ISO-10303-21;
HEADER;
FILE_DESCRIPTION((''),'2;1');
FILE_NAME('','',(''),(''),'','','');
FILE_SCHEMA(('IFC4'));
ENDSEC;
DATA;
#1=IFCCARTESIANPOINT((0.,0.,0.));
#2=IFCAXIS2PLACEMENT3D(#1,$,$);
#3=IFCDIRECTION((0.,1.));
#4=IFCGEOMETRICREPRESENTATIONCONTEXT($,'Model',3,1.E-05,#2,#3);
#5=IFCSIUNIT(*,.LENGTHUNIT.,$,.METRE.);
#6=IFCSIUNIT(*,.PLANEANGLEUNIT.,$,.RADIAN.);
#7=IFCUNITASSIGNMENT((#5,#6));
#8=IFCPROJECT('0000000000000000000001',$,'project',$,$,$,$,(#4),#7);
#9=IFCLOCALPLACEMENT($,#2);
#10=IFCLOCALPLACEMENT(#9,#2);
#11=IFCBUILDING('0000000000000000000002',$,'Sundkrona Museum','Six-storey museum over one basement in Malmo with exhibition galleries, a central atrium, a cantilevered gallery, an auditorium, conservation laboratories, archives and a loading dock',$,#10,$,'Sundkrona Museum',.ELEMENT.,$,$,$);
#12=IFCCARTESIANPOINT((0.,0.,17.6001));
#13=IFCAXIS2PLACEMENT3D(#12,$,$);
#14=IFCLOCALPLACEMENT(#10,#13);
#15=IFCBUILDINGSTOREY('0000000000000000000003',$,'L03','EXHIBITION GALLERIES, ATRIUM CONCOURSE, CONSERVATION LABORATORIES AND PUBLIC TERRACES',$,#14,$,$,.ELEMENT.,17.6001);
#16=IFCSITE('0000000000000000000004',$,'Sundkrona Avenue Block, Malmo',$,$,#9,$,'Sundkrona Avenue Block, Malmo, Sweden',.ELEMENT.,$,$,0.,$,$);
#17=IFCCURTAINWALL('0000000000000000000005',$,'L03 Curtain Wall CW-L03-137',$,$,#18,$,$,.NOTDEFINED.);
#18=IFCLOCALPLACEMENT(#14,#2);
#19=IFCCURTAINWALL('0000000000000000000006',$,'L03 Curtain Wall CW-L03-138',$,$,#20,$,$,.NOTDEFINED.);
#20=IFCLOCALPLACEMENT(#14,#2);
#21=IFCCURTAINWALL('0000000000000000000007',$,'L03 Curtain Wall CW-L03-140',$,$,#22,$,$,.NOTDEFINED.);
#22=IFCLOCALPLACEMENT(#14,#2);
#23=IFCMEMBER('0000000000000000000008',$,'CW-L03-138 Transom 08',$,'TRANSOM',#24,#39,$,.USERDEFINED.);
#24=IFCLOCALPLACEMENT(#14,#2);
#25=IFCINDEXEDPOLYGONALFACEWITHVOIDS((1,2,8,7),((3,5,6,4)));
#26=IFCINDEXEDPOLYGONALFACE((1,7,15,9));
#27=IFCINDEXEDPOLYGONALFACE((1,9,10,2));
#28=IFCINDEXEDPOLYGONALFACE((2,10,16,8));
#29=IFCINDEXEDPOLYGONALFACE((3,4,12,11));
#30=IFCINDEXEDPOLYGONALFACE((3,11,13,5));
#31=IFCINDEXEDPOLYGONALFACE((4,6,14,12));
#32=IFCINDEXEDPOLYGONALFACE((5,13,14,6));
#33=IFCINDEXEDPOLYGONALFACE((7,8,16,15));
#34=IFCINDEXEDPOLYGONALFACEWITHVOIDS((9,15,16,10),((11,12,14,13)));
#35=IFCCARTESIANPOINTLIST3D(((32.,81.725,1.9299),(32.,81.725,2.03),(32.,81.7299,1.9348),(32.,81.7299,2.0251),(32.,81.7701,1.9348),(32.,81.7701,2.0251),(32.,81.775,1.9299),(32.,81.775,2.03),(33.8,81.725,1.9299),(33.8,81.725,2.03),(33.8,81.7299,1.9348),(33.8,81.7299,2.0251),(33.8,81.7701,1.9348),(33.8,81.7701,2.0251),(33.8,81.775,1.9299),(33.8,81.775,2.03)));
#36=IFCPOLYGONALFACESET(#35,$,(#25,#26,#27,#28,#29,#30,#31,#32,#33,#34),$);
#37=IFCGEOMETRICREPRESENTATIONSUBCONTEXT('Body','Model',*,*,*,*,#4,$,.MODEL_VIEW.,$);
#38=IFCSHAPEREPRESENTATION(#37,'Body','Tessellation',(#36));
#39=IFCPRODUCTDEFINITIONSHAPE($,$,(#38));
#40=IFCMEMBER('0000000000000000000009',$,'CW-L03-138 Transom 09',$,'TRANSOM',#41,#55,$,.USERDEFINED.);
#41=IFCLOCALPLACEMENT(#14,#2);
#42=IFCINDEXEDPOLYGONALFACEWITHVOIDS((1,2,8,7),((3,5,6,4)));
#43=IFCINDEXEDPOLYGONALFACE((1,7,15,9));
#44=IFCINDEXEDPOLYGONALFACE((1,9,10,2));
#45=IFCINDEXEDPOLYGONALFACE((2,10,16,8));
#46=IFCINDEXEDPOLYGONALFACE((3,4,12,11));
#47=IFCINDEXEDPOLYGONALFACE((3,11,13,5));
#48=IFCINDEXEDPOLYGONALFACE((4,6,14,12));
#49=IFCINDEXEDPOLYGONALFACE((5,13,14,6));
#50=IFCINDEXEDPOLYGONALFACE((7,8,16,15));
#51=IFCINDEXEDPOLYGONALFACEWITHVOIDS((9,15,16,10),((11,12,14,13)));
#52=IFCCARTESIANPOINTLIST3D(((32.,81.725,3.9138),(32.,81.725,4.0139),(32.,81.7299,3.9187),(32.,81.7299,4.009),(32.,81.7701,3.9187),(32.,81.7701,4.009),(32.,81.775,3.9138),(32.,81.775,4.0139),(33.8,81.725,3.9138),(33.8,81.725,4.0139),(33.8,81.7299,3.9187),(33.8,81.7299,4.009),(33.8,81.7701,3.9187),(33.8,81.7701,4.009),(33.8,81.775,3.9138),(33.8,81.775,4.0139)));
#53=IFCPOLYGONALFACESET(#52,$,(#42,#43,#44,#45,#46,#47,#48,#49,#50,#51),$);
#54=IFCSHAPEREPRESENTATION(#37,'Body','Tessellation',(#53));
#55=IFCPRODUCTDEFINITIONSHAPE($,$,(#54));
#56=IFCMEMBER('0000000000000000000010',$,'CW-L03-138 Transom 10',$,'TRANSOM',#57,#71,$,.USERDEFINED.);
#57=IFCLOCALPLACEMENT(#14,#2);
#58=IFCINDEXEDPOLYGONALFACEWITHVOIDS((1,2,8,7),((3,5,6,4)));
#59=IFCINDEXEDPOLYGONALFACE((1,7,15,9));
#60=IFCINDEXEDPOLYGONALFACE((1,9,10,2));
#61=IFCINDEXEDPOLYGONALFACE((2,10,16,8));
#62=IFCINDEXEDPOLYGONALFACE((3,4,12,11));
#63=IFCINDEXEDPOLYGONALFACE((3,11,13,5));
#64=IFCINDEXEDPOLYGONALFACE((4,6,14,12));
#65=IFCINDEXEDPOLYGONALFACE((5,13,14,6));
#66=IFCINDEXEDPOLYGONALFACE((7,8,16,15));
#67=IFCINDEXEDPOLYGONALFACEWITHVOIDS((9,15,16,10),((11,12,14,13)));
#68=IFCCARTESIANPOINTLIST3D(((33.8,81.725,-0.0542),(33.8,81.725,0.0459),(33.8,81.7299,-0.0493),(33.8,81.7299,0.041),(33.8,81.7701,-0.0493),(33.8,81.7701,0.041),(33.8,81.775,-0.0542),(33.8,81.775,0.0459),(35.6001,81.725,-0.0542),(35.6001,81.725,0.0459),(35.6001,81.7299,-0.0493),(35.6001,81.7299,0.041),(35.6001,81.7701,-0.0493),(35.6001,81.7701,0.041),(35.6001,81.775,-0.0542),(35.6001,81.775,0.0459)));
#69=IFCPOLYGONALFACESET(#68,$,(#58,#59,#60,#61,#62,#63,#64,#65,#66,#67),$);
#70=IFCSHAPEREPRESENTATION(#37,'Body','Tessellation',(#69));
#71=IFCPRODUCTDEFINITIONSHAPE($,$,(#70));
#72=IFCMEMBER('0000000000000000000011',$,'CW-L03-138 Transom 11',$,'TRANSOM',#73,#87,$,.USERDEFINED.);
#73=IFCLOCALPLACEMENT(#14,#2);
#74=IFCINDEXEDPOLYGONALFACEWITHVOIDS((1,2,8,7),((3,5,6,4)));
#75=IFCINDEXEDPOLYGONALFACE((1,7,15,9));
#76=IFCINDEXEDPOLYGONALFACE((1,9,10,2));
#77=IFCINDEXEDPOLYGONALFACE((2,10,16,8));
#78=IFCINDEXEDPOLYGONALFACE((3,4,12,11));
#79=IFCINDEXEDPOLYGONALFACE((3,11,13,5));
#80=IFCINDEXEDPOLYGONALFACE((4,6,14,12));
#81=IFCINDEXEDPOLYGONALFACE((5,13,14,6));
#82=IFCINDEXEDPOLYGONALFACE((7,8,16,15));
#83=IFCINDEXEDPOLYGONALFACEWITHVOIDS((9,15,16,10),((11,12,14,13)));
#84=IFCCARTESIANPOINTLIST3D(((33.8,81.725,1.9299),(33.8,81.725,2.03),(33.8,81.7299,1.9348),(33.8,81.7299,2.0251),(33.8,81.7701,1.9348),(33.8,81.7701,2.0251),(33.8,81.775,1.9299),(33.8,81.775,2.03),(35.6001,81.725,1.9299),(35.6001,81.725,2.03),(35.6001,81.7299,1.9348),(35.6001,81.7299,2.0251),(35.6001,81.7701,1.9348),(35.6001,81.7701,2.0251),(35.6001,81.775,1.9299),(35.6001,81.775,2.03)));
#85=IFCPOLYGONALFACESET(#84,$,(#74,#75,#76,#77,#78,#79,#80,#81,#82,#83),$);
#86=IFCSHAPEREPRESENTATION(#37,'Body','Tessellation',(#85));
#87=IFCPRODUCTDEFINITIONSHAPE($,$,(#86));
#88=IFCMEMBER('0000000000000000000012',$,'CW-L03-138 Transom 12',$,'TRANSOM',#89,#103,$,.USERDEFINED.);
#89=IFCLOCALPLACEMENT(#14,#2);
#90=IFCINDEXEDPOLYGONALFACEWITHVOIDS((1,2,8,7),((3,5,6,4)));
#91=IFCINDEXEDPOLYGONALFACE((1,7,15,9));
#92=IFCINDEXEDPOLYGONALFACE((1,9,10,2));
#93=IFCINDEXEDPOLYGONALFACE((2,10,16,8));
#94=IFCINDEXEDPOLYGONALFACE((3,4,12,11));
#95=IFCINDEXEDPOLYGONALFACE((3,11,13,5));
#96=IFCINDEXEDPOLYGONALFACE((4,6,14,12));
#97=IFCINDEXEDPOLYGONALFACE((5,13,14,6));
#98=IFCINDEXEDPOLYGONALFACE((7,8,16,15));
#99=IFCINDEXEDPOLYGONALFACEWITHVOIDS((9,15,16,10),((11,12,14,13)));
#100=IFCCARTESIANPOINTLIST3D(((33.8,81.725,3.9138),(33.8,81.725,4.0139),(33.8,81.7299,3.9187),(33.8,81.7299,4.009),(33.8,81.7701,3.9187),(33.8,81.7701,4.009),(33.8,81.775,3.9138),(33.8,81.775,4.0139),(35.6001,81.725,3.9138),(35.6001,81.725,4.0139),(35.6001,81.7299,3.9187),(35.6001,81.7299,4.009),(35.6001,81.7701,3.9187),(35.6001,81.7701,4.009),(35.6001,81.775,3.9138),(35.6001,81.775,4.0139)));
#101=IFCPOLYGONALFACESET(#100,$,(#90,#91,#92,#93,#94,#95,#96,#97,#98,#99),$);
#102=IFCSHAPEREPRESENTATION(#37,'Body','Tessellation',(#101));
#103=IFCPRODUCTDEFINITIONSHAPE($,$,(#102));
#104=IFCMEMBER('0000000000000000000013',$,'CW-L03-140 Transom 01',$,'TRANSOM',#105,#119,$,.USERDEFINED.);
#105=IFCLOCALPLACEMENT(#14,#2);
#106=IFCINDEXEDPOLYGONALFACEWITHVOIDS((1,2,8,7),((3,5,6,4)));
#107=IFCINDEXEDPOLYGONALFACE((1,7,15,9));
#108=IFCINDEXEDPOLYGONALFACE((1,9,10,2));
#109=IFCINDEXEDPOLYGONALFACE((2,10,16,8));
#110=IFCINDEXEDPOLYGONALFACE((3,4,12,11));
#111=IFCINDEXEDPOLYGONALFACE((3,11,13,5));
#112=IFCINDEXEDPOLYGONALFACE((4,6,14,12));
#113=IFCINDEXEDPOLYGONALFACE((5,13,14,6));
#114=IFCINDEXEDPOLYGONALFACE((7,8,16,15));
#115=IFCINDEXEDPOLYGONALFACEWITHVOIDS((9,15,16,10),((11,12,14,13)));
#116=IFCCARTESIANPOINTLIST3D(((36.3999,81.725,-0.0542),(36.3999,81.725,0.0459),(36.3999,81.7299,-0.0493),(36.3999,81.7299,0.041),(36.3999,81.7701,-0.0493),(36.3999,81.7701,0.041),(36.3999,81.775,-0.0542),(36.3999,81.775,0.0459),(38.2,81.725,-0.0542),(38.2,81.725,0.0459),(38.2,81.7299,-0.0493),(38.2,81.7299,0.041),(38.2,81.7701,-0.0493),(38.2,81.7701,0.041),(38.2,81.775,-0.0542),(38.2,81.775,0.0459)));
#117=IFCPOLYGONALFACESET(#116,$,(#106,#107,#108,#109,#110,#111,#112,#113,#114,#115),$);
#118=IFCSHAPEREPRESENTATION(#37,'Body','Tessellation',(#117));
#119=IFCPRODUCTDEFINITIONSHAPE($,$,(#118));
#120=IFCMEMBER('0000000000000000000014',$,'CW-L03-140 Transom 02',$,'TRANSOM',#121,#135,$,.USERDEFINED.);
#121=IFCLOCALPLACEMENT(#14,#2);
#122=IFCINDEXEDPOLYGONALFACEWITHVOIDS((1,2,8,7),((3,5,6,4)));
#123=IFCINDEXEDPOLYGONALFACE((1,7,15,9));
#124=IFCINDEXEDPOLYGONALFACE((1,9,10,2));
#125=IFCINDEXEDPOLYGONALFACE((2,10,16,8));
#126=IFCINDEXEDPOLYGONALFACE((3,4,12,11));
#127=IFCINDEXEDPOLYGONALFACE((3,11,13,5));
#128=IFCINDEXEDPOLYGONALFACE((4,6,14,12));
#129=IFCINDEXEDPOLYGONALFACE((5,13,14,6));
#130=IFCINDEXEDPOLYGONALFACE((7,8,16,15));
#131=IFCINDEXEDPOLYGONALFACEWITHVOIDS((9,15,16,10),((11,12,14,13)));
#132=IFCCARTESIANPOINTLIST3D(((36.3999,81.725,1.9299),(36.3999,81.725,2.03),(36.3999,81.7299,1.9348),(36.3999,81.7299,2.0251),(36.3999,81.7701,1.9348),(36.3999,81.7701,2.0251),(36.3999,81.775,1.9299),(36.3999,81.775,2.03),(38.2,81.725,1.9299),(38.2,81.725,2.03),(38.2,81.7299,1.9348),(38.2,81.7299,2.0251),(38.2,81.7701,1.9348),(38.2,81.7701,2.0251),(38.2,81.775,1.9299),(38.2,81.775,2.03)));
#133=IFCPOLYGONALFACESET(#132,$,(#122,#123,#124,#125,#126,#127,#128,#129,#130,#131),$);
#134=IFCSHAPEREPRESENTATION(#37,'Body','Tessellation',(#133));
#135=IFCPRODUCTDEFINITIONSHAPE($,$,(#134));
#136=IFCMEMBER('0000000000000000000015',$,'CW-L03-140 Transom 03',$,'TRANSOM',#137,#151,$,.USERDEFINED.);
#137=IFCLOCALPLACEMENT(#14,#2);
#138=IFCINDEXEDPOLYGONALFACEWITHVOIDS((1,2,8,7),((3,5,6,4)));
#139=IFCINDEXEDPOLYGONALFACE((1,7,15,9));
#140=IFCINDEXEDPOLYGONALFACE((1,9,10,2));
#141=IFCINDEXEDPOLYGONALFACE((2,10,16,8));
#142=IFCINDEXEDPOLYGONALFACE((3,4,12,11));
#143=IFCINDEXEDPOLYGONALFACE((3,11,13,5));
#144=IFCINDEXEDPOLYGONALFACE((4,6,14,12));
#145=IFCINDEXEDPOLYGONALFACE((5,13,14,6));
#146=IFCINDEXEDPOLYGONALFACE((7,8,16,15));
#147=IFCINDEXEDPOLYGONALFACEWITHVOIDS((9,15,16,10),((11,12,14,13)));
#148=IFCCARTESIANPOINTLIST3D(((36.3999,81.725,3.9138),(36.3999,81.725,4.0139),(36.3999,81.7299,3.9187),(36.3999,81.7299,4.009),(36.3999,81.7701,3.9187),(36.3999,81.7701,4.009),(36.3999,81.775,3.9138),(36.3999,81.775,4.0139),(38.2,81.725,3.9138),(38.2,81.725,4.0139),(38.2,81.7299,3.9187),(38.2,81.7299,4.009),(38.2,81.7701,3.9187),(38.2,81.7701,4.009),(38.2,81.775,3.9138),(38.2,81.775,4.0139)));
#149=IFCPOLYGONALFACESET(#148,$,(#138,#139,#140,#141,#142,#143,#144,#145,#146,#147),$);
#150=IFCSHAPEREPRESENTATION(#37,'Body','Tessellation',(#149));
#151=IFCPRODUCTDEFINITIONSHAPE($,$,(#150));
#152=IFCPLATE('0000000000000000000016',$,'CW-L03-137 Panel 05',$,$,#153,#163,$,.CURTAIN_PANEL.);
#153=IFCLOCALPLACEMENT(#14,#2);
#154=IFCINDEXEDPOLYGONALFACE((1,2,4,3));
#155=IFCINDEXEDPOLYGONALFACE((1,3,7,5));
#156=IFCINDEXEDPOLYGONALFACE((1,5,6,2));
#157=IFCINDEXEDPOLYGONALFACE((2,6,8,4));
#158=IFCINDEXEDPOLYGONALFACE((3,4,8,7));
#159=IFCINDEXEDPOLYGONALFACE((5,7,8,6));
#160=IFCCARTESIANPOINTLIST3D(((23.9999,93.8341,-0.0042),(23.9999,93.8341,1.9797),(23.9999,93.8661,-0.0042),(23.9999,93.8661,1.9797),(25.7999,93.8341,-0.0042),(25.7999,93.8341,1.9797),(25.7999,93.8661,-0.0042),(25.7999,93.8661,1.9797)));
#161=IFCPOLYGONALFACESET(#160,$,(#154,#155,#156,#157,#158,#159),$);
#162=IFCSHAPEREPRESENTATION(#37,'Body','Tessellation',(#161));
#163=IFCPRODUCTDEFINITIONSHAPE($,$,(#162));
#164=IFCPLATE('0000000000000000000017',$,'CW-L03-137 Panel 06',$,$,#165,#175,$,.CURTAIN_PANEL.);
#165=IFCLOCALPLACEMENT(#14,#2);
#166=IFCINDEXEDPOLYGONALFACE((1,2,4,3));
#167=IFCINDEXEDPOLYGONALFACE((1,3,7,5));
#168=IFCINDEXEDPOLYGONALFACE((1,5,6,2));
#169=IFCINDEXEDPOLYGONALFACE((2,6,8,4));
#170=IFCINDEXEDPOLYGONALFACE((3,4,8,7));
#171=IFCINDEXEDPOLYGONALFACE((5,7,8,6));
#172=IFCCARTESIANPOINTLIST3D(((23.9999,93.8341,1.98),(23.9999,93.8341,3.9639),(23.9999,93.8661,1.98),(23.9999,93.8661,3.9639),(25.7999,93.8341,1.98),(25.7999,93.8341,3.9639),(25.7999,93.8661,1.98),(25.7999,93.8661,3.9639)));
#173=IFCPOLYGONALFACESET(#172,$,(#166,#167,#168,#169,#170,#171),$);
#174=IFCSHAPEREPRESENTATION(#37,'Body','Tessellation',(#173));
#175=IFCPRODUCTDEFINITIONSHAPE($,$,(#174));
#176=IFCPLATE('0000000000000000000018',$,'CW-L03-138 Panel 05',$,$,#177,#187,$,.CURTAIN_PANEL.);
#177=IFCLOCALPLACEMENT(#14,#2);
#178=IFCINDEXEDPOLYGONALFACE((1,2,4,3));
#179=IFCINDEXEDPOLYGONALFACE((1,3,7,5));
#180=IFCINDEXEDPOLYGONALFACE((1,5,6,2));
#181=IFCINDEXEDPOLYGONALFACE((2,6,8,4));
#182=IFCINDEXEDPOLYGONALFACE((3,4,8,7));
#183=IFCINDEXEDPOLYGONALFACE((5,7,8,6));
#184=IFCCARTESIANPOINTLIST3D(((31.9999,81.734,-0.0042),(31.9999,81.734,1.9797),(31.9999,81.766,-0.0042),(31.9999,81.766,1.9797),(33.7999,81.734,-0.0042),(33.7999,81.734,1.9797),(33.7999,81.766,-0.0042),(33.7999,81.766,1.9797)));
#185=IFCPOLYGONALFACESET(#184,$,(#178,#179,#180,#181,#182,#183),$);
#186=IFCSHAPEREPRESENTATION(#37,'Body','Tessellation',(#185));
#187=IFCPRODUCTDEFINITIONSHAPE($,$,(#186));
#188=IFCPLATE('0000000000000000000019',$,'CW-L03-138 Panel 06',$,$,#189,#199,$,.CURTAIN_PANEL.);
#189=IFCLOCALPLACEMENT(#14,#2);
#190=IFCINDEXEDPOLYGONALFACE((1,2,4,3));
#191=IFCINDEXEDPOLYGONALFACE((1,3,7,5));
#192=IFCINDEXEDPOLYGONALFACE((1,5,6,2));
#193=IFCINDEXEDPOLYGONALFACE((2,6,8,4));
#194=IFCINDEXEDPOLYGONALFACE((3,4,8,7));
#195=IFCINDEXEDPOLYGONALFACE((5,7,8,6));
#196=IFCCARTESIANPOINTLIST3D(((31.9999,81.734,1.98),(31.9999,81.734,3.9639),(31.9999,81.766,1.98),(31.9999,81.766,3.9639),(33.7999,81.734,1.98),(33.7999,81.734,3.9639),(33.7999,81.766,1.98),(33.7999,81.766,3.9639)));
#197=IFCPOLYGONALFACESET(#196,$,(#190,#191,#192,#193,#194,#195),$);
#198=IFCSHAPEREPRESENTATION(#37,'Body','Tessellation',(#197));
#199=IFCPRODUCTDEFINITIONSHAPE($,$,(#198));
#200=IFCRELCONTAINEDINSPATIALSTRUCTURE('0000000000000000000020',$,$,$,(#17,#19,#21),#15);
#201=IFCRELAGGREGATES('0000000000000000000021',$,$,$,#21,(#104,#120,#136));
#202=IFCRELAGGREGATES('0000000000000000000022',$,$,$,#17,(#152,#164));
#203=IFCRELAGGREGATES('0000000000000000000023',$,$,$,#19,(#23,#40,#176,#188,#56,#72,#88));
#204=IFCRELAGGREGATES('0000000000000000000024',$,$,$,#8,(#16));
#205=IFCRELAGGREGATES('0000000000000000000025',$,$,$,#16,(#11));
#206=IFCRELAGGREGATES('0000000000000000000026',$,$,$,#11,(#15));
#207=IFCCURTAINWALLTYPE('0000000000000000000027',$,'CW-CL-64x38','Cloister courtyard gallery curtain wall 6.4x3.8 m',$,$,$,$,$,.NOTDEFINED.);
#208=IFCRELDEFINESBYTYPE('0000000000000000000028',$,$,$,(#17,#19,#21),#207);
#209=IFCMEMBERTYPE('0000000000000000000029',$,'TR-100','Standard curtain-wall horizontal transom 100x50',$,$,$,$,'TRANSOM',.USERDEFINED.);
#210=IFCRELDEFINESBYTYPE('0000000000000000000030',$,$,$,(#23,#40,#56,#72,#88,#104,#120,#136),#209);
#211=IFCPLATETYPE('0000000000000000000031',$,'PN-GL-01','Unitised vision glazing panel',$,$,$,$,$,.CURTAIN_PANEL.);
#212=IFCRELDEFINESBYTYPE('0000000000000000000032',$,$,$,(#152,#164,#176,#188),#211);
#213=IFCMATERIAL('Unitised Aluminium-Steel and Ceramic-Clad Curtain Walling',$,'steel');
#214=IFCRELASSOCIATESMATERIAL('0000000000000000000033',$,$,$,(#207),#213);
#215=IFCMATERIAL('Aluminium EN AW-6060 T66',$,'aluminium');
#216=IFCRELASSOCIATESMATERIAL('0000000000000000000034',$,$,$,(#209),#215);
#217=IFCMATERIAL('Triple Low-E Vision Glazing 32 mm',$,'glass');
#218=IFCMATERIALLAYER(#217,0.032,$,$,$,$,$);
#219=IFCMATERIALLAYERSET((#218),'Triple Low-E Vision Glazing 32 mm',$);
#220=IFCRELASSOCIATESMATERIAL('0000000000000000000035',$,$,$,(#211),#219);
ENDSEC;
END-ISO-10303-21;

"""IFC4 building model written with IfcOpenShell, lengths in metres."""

from ifc_helpers import new_model, si_unit, direction, frame, origin, origin_2d, place, context, subcontext, project, spatial, rectangle, hollow_rectangle, extrude, material, layer, layer_set, material_profile, profile_set, type_object, element, aggregate, save


model = new_model("IFC4")

# Units and contexts
model_context = context("Model", 3, precision=1e-05, world=origin(), true_north=direction((0.0, 1.0)))
body_context = subcontext(model_context, "Body", "Model", "MODEL_VIEW")
ifc_project = project(units=[si_unit("LENGTHUNIT", "METRE"), si_unit("PLANEANGLEUNIT", "RADIAN")], contexts=[model_context])

# Site, building, storey
site_placement = place(None, origin())
site = spatial("IfcSite", under=ifc_project, at=site_placement, Name="Sundkrona Avenue Block, Malmo", LongName="Sundkrona Avenue Block, Malmo, Sweden", CompositionType="ELEMENT", RefElevation=0.0)
building_placement = place(site_placement, origin())
building = spatial("IfcBuilding", under=site, at=building_placement, Name="Sundkrona Museum", Description="Six-storey museum over one basement in Malmo with exhibition galleries, a central atrium, a cantilevered gallery, an auditorium, conservation laboratories, archives and a loading dock", LongName="Sundkrona Museum", CompositionType="ELEMENT")
storey_placement = place(building_placement, frame((0.0, 0.0, 17.6001)))
storey = spatial("IfcBuildingStorey", under=building, at=storey_placement, Name="L03", Description="EXHIBITION GALLERIES, ATRIUM CONCOURSE, CONSERVATION LABORATORIES AND PUBLIC TERRACES", CompositionType="ELEMENT", Elevation=17.6001)

# Curtain wall
ifc_material_1 = material(Name="Unitised Aluminium-Steel and Ceramic-Clad Curtain Walling", Category="steel")
curtain_wall_type = type_object("IfcCurtainWallType", Name="CW-CL-64x38", Description="Cloister courtyard gallery curtain wall 6.4x3.8 m", PredefinedType="NOTDEFINED", material=ifc_material_1)
curtain_wall_1_placement = place(storey_placement, origin())
curtain_wall_1 = element("IfcCurtainWall", 1, at=curtain_wall_1_placement, inside=storey, type_object=curtain_wall_type, Name="L03 Curtain Wall CW-L03-137", PredefinedType="NOTDEFINED")
ifc_material_2 = material(Name="Aluminium EN AW-6060 T66", Category="aluminium")

# Curtain wall
curtain_wall_2_placement = place(storey_placement, origin())
curtain_wall_2 = element("IfcCurtainWall", 2, at=curtain_wall_2_placement, inside=storey, type_object=curtain_wall_type, Name="L03 Curtain Wall CW-L03-138", PredefinedType="NOTDEFINED")

# Curtain wall
curtain_wall_3_placement = place(storey_placement, origin())
curtain_wall_3 = element("IfcCurtainWall", 3, at=curtain_wall_3_placement, inside=storey, type_object=curtain_wall_type, Name="L03 Curtain Wall CW-L03-140", PredefinedType="NOTDEFINED")

# Members
ifc_material_profile_1 = material_profile(ifc_material_2, hollow_rectangle(XDim=0.05, YDim=0.1001, WallThickness=0.0049, at=origin_2d()), Name="RHS 100x50x5.0")
ifc_profile_set_1 = profile_set([ifc_material_profile_1], Name="Aluminium EN AW-6060 T66")
member_type_1 = type_object("IfcMemberType", Name="TR-100", Description="Standard curtain-wall horizontal transom 100x50", ElementType="TRANSOM", PredefinedType="USERDEFINED", material=ifc_profile_set_1)
member_1_placement = place(storey_placement, frame((32.0, 81.75, 1.98), z_axis=(1.0, 0.0, 0.0), x_axis=(0.0, 1.0, 0.0)))
member_1 = element("IfcMember", 4, at=member_1_placement, type_object=member_type_1, Name="CW-L03-138 Transom 08", ObjectType="TRANSOM", PredefinedType="USERDEFINED", context=body_context, shape_type="SweptSolid", body=[
    extrude(hollow_rectangle(XDim=0.05, YDim=0.1001, WallThickness=0.0049, at=origin_2d()), origin(), (0.0, 0.0, 1.0), 1.8),
])
member_2_placement = place(storey_placement, frame((32.0, 81.75, 3.9639), z_axis=(1.0, 0.0, 0.0), x_axis=(0.0, 1.0, 0.0)))
member_2 = element("IfcMember", 5, at=member_2_placement, type_object=member_type_1, Name="CW-L03-138 Transom 09", ObjectType="TRANSOM", PredefinedType="USERDEFINED", context=body_context, shape_type="SweptSolid", body=[
    extrude(hollow_rectangle(XDim=0.05, YDim=0.1001, WallThickness=0.0049, at=origin_2d()), origin(), (0.0, 0.0, 1.0), 1.8),
])
member_3_placement = place(storey_placement, frame((33.8, 81.75, -0.0042), z_axis=(1.0, 0.0, 0.0), x_axis=(0.0, 1.0, 0.0)))
member_3 = element("IfcMember", 6, at=member_3_placement, type_object=member_type_1, Name="CW-L03-138 Transom 10", ObjectType="TRANSOM", PredefinedType="USERDEFINED", context=body_context, shape_type="SweptSolid", body=[
    extrude(hollow_rectangle(XDim=0.05, YDim=0.1001, WallThickness=0.0049, at=origin_2d()), origin(), (0.0, 0.0, 1.0), 1.8),
])
member_4_placement = place(storey_placement, frame((33.8, 81.75, 1.98), z_axis=(1.0, 0.0, 0.0), x_axis=(0.0, 1.0, 0.0)))
member_4 = element("IfcMember", 7, at=member_4_placement, type_object=member_type_1, Name="CW-L03-138 Transom 11", ObjectType="TRANSOM", PredefinedType="USERDEFINED", context=body_context, shape_type="SweptSolid", body=[
    extrude(hollow_rectangle(XDim=0.05, YDim=0.1001, WallThickness=0.0049, at=origin_2d()), origin(), (0.0, 0.0, 1.0), 1.8),
])
member_5_placement = place(storey_placement, frame((33.8, 81.75, 3.9639), z_axis=(1.0, 0.0, 0.0), x_axis=(0.0, 1.0, 0.0)))
member_5 = element("IfcMember", 8, at=member_5_placement, type_object=member_type_1, Name="CW-L03-138 Transom 12", ObjectType="TRANSOM", PredefinedType="USERDEFINED", context=body_context, shape_type="SweptSolid", body=[
    extrude(hollow_rectangle(XDim=0.05, YDim=0.1001, WallThickness=0.0049, at=origin_2d()), origin(), (0.0, 0.0, 1.0), 1.8),
])
member_6_placement = place(storey_placement, frame((36.3999, 81.75, -0.0042), z_axis=(1.0, 0.0, 0.0), x_axis=(0.0, 1.0, 0.0)))
member_6 = element("IfcMember", 9, at=member_6_placement, type_object=member_type_1, Name="CW-L03-140 Transom 01", ObjectType="TRANSOM", PredefinedType="USERDEFINED", context=body_context, shape_type="SweptSolid", body=[
    extrude(hollow_rectangle(XDim=0.05, YDim=0.1001, WallThickness=0.0049, at=origin_2d()), origin(), (0.0, 0.0, 1.0), 1.8),
])
member_7_placement = place(storey_placement, frame((36.3999, 81.75, 1.98), z_axis=(1.0, 0.0, 0.0), x_axis=(0.0, 1.0, 0.0)))
member_7 = element("IfcMember", 10, at=member_7_placement, type_object=member_type_1, Name="CW-L03-140 Transom 02", ObjectType="TRANSOM", PredefinedType="USERDEFINED", context=body_context, shape_type="SweptSolid", body=[
    extrude(hollow_rectangle(XDim=0.05, YDim=0.1001, WallThickness=0.0049, at=origin_2d()), origin(), (0.0, 0.0, 1.0), 1.8),
])
member_8_placement = place(storey_placement, frame((36.3999, 81.75, 3.9639), z_axis=(1.0, 0.0, 0.0), x_axis=(0.0, 1.0, 0.0)))
member_8 = element("IfcMember", 11, at=member_8_placement, type_object=member_type_1, Name="CW-L03-140 Transom 03", ObjectType="TRANSOM", PredefinedType="USERDEFINED", context=body_context, shape_type="SweptSolid", body=[
    extrude(hollow_rectangle(XDim=0.05, YDim=0.1001, WallThickness=0.0049, at=origin_2d()), origin(), (0.0, 0.0, 1.0), 1.8),
])
aggregate(curtain_wall_3, [member_6, member_7, member_8])

# Plates
ifc_material_3 = material(Name="Triple Low-E Vision Glazing 32 mm", Category="glass")
ifc_layer = layer(ifc_material_3, 0.032)
ifc_layer_set = layer_set([ifc_layer], Name="Triple Low-E Vision Glazing 32 mm")
plate_type = type_object("IfcPlateType", Name="PN-GL-01", Description="Unitised vision glazing panel", PredefinedType="CURTAIN_PANEL", material=ifc_layer_set)
plate_1_placement = place(storey_placement, frame((24.8999, 93.8501, -0.0042), z_axis=(0.0, 0.0, 1.0), x_axis=(1.0, 0.0, 0.0)))
plate_1 = element("IfcPlate", 12, at=plate_1_placement, type_object=plate_type, Name="CW-L03-137 Panel 05", PredefinedType="CURTAIN_PANEL", context=body_context, shape_type="SweptSolid", body=[
    extrude(rectangle(XDim=1.8, YDim=0.032, at=origin_2d()), origin(), (0.0, 0.0, 1.0), 1.9839),
])
plate_2_placement = place(storey_placement, frame((24.8999, 93.8501, 1.98), z_axis=(0.0, 0.0, 1.0), x_axis=(1.0, 0.0, 0.0)))
plate_2 = element("IfcPlate", 13, at=plate_2_placement, type_object=plate_type, Name="CW-L03-137 Panel 06", PredefinedType="CURTAIN_PANEL", context=body_context, shape_type="SweptSolid", body=[
    extrude(rectangle(XDim=1.8, YDim=0.032, at=origin_2d()), origin(), (0.0, 0.0, 1.0), 1.9839),
])
aggregate(curtain_wall_1, [plate_1, plate_2])
plate_3_placement = place(storey_placement, frame((32.8999, 81.75, -0.0042), z_axis=(0.0, 0.0, 1.0), x_axis=(1.0, 0.0, 0.0)))
plate_3 = element("IfcPlate", 14, at=plate_3_placement, type_object=plate_type, Name="CW-L03-138 Panel 05", PredefinedType="CURTAIN_PANEL", context=body_context, shape_type="SweptSolid", body=[
    extrude(rectangle(XDim=1.8, YDim=0.032, at=origin_2d()), origin(), (0.0, 0.0, 1.0), 1.9839),
])
plate_4_placement = place(storey_placement, frame((32.8999, 81.75, 1.98), z_axis=(0.0, 0.0, 1.0), x_axis=(1.0, 0.0, 0.0)))
plate_4 = element("IfcPlate", 15, at=plate_4_placement, type_object=plate_type, Name="CW-L03-138 Panel 06", PredefinedType="CURTAIN_PANEL", context=body_context, shape_type="SweptSolid", body=[
    extrude(rectangle(XDim=1.8, YDim=0.032, at=origin_2d()), origin(), (0.0, 0.0, 1.0), 1.9839),
])
aggregate(curtain_wall_2, [member_1, member_2, plate_3, plate_4, member_3, member_4, member_5])

save(model, "model.ifc")
